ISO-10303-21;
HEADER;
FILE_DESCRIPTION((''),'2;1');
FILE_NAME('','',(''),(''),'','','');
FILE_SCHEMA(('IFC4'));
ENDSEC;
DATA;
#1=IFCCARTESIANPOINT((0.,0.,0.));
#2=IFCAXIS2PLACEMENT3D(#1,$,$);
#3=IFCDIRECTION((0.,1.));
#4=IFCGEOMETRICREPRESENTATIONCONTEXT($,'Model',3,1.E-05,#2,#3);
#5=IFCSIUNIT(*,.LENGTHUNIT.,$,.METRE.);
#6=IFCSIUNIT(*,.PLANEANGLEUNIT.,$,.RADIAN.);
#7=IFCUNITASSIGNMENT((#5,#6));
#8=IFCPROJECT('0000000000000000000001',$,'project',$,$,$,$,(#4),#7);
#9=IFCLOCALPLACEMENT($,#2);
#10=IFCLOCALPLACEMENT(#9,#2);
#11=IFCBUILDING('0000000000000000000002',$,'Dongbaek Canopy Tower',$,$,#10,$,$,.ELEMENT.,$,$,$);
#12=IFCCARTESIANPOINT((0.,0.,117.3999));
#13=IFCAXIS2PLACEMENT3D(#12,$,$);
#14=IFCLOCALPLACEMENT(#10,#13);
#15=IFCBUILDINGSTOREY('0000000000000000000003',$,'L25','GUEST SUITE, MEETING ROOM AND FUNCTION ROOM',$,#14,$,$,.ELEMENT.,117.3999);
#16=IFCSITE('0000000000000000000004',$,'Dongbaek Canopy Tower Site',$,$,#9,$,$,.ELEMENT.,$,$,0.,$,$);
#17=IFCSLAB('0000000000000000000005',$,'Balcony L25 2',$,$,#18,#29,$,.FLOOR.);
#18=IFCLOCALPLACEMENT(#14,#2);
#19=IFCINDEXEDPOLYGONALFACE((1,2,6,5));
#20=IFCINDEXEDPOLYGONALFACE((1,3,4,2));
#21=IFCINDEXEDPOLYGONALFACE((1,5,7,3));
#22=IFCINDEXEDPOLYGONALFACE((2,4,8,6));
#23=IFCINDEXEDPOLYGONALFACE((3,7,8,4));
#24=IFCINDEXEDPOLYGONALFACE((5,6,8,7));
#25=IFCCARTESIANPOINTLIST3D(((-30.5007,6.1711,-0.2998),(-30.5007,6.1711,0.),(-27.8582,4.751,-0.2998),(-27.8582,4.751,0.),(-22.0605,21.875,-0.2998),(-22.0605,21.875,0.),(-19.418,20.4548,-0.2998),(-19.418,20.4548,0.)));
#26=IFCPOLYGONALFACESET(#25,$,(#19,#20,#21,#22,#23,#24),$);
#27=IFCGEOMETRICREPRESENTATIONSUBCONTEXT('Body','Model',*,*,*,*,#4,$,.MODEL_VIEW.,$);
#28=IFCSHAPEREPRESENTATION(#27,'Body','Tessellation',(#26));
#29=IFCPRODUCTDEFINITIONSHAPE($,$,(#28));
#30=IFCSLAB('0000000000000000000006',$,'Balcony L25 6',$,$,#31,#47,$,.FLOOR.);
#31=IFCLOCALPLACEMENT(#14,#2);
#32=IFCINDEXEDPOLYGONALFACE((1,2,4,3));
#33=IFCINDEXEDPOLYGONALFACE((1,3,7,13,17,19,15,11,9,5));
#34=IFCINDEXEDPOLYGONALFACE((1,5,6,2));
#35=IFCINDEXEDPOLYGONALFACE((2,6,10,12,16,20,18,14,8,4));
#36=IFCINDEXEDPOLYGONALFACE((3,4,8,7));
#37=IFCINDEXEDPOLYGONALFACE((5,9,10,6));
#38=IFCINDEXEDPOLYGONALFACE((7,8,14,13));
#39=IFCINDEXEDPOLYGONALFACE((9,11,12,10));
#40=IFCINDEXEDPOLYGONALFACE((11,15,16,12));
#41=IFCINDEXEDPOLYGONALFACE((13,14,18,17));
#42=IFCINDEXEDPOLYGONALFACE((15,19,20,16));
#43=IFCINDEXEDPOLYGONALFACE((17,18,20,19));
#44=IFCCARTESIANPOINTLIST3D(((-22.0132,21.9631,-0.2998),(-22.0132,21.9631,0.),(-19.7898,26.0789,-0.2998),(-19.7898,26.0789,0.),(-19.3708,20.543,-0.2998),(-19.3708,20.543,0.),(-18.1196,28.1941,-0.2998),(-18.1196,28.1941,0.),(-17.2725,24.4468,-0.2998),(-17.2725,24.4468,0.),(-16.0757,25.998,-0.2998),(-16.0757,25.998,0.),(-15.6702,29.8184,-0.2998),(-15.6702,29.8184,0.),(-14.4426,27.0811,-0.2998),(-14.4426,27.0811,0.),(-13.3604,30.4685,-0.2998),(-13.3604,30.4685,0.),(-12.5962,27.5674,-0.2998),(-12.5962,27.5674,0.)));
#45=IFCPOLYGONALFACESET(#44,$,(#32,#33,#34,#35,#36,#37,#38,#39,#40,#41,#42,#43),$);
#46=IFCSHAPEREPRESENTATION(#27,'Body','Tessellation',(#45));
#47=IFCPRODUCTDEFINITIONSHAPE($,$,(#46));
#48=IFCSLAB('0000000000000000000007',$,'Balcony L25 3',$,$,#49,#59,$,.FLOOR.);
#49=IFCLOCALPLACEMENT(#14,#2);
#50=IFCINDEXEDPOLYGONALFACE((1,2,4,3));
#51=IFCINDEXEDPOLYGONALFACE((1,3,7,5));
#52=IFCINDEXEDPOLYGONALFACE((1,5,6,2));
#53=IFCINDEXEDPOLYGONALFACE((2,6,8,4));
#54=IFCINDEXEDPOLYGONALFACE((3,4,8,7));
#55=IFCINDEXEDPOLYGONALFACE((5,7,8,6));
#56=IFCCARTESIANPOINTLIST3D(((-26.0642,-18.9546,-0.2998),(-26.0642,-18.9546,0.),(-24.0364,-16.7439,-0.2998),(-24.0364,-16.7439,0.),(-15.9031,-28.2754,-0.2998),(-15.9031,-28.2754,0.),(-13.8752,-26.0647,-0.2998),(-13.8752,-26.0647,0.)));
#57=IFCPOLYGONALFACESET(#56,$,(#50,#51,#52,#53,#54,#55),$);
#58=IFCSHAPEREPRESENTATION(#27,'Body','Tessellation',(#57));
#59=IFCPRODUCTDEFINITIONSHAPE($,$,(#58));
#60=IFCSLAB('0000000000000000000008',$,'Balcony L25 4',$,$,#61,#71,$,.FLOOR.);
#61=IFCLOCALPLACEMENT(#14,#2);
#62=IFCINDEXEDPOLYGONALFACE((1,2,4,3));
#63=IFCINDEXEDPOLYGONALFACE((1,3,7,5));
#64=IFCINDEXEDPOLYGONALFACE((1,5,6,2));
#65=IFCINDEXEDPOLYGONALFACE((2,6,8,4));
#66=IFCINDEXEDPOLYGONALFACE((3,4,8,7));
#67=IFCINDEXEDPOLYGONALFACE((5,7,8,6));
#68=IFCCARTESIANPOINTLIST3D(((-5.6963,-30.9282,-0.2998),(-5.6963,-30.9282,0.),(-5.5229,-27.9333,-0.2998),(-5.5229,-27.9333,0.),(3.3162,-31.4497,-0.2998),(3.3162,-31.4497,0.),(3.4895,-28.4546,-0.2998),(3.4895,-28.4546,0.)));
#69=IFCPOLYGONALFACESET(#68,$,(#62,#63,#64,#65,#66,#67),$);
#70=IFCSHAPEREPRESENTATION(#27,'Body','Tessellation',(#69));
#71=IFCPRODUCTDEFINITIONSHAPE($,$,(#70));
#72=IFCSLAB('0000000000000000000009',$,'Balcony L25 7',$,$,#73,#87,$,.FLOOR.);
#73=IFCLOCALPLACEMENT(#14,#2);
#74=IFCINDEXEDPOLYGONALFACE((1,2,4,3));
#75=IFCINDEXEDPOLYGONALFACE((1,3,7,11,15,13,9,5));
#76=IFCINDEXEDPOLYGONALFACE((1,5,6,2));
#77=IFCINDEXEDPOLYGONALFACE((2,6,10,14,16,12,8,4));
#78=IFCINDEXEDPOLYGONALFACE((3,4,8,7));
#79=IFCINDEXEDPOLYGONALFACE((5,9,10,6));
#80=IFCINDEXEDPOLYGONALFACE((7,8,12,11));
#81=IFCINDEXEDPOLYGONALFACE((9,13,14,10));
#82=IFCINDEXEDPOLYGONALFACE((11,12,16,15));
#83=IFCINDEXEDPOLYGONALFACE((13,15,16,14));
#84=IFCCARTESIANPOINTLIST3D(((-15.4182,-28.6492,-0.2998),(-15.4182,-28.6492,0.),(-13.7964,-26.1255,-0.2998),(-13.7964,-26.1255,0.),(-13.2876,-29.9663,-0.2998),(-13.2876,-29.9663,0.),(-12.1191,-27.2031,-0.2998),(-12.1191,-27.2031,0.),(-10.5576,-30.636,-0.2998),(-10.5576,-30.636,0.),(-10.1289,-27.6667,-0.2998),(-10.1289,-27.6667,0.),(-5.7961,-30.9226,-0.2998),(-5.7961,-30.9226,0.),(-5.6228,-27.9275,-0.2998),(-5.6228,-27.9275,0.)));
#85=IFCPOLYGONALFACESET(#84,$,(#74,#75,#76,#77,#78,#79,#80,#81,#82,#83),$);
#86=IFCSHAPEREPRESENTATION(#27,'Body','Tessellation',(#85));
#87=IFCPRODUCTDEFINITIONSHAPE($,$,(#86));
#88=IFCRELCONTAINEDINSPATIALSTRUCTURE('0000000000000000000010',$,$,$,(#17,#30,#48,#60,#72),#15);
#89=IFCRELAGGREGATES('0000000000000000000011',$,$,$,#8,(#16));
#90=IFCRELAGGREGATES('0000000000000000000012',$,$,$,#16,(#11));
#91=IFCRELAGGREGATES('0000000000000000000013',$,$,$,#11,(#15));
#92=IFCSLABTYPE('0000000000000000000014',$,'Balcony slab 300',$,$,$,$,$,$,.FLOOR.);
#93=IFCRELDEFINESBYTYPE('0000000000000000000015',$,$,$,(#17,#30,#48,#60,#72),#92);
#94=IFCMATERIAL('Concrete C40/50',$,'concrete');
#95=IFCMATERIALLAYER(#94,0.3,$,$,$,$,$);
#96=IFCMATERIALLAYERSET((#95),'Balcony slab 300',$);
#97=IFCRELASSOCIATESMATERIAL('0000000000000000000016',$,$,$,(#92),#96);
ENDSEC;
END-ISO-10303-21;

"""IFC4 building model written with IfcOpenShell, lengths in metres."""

from ifc_helpers import new_model, si_unit, direction, frame, origin, place, context, subcontext, project, spatial, polyline, outline, extrude, material, layer, layer_set, type_object, element, save


model = new_model("IFC4")

# Units and contexts
model_context = context("Model", 3, precision=1e-05, world=origin(), true_north=direction((0.0, 1.0)))
body_context = subcontext(model_context, "Body", "Model", "MODEL_VIEW")
ifc_project = project(units=[si_unit("LENGTHUNIT", "METRE"), si_unit("PLANEANGLEUNIT", "RADIAN")], contexts=[model_context])

# Site, building, storey
site_placement = place(None, origin())
site = spatial("IfcSite", under=ifc_project, at=site_placement, Name="Dongbaek Canopy Tower Site", CompositionType="ELEMENT", RefElevation=0.0)
building_placement = place(site_placement, origin())
building = spatial("IfcBuilding", under=site, at=building_placement, Name="Dongbaek Canopy Tower", CompositionType="ELEMENT")
storey_placement = place(building_placement, frame((0.0, 0.0, 117.3999)))
storey = spatial("IfcBuildingStorey", under=building, at=storey_placement, Name="L25", Description="GUEST SUITE, MEETING ROOM AND FUNCTION ROOM", CompositionType="ELEMENT", Elevation=117.3999)

# Slabs
ifc_material_1 = material(Name="Concrete C40/50", Category="concrete")
ifc_layer_1 = layer(ifc_material_1, 0.3)
ifc_layer_set_1 = layer_set([ifc_layer_1], Name="Balcony slab 300")
slab_type_1 = type_object("IfcSlabType", Name="Balcony slab 300", PredefinedType="FLOOR", material=ifc_layer_set_1)
slab_1_placement = place(storey_placement, frame((0.0, 0.0, -0.2998)))
element("IfcSlab", 1, at=slab_1_placement, inside=storey, type_object=slab_type_1, Name="Balcony L25 2", PredefinedType="FLOOR", context=body_context, shape_type="SweptSolid", body=[
    extrude(outline(polyline([(-19.418, 20.4548), (-27.8582, 4.751), (-30.5007, 6.1711), (-22.0605, 21.875), (-19.418, 20.4548)])), origin(), (0.0, 0.0, 1.0), 0.2998),
])
slab_2_placement = place(storey_placement, frame((0.0, 0.0, -0.2998)))
element("IfcSlab", 2, at=slab_2_placement, inside=storey, type_object=slab_type_1, Name="Balcony L25 6", PredefinedType="FLOOR", context=body_context, shape_type="SweptSolid", body=[
    extrude(outline(polyline([(-12.5962, 27.5674), (-14.4426, 27.0811), (-16.0757, 25.998), (-17.2725, 24.4468), (-19.3708, 20.543), (-22.0132, 21.9631), (-19.7898, 26.0789), (-18.1196, 28.1941), (-15.6702, 29.8184), (-13.3604, 30.4685), (-12.5962, 27.5674)])), origin(), (0.0, 0.0, 1.0), 0.2998),
])
slab_3_placement = place(storey_placement, frame((0.0, 0.0, -0.2998)))
element("IfcSlab", 3, at=slab_3_placement, inside=storey, type_object=slab_type_1, Name="Balcony L25 3", PredefinedType="FLOOR", context=body_context, shape_type="SweptSolid", body=[
    extrude(outline(polyline([(-24.0364, -16.7439), (-13.8752, -26.0647), (-15.9031, -28.2754), (-26.0642, -18.9546), (-24.0364, -16.7439)])), origin(), (0.0, 0.0, 1.0), 0.2998),
])
slab_4_placement = place(storey_placement, frame((0.0, 0.0, -0.2998)))
element("IfcSlab", 4, at=slab_4_placement, inside=storey, type_object=slab_type_1, Name="Balcony L25 4", PredefinedType="FLOOR", context=body_context, shape_type="SweptSolid", body=[
    extrude(outline(polyline([(-5.5229, -27.9333), (3.4895, -28.4546), (3.3162, -31.4497), (-5.6963, -30.9282), (-5.5229, -27.9333)])), origin(), (0.0, 0.0, 1.0), 0.2998),
])
slab_5_placement = place(storey_placement, frame((0.0, 0.0, -0.2998)))
element("IfcSlab", 5, at=slab_5_placement, inside=storey, type_object=slab_type_1, Name="Balcony L25 7", PredefinedType="FLOOR", context=body_context, shape_type="SweptSolid", body=[
    extrude(outline(polyline([(-13.7964, -26.1255), (-12.1191, -27.2031), (-10.1289, -27.6667), (-5.6228, -27.9275), (-5.7961, -30.9226), (-10.5576, -30.636), (-13.2876, -29.9663), (-15.4182, -28.6492), (-13.7964, -26.1255)])), origin(), (0.0, 0.0, 1.0), 0.2998),
])

save(model, "model.ifc")
